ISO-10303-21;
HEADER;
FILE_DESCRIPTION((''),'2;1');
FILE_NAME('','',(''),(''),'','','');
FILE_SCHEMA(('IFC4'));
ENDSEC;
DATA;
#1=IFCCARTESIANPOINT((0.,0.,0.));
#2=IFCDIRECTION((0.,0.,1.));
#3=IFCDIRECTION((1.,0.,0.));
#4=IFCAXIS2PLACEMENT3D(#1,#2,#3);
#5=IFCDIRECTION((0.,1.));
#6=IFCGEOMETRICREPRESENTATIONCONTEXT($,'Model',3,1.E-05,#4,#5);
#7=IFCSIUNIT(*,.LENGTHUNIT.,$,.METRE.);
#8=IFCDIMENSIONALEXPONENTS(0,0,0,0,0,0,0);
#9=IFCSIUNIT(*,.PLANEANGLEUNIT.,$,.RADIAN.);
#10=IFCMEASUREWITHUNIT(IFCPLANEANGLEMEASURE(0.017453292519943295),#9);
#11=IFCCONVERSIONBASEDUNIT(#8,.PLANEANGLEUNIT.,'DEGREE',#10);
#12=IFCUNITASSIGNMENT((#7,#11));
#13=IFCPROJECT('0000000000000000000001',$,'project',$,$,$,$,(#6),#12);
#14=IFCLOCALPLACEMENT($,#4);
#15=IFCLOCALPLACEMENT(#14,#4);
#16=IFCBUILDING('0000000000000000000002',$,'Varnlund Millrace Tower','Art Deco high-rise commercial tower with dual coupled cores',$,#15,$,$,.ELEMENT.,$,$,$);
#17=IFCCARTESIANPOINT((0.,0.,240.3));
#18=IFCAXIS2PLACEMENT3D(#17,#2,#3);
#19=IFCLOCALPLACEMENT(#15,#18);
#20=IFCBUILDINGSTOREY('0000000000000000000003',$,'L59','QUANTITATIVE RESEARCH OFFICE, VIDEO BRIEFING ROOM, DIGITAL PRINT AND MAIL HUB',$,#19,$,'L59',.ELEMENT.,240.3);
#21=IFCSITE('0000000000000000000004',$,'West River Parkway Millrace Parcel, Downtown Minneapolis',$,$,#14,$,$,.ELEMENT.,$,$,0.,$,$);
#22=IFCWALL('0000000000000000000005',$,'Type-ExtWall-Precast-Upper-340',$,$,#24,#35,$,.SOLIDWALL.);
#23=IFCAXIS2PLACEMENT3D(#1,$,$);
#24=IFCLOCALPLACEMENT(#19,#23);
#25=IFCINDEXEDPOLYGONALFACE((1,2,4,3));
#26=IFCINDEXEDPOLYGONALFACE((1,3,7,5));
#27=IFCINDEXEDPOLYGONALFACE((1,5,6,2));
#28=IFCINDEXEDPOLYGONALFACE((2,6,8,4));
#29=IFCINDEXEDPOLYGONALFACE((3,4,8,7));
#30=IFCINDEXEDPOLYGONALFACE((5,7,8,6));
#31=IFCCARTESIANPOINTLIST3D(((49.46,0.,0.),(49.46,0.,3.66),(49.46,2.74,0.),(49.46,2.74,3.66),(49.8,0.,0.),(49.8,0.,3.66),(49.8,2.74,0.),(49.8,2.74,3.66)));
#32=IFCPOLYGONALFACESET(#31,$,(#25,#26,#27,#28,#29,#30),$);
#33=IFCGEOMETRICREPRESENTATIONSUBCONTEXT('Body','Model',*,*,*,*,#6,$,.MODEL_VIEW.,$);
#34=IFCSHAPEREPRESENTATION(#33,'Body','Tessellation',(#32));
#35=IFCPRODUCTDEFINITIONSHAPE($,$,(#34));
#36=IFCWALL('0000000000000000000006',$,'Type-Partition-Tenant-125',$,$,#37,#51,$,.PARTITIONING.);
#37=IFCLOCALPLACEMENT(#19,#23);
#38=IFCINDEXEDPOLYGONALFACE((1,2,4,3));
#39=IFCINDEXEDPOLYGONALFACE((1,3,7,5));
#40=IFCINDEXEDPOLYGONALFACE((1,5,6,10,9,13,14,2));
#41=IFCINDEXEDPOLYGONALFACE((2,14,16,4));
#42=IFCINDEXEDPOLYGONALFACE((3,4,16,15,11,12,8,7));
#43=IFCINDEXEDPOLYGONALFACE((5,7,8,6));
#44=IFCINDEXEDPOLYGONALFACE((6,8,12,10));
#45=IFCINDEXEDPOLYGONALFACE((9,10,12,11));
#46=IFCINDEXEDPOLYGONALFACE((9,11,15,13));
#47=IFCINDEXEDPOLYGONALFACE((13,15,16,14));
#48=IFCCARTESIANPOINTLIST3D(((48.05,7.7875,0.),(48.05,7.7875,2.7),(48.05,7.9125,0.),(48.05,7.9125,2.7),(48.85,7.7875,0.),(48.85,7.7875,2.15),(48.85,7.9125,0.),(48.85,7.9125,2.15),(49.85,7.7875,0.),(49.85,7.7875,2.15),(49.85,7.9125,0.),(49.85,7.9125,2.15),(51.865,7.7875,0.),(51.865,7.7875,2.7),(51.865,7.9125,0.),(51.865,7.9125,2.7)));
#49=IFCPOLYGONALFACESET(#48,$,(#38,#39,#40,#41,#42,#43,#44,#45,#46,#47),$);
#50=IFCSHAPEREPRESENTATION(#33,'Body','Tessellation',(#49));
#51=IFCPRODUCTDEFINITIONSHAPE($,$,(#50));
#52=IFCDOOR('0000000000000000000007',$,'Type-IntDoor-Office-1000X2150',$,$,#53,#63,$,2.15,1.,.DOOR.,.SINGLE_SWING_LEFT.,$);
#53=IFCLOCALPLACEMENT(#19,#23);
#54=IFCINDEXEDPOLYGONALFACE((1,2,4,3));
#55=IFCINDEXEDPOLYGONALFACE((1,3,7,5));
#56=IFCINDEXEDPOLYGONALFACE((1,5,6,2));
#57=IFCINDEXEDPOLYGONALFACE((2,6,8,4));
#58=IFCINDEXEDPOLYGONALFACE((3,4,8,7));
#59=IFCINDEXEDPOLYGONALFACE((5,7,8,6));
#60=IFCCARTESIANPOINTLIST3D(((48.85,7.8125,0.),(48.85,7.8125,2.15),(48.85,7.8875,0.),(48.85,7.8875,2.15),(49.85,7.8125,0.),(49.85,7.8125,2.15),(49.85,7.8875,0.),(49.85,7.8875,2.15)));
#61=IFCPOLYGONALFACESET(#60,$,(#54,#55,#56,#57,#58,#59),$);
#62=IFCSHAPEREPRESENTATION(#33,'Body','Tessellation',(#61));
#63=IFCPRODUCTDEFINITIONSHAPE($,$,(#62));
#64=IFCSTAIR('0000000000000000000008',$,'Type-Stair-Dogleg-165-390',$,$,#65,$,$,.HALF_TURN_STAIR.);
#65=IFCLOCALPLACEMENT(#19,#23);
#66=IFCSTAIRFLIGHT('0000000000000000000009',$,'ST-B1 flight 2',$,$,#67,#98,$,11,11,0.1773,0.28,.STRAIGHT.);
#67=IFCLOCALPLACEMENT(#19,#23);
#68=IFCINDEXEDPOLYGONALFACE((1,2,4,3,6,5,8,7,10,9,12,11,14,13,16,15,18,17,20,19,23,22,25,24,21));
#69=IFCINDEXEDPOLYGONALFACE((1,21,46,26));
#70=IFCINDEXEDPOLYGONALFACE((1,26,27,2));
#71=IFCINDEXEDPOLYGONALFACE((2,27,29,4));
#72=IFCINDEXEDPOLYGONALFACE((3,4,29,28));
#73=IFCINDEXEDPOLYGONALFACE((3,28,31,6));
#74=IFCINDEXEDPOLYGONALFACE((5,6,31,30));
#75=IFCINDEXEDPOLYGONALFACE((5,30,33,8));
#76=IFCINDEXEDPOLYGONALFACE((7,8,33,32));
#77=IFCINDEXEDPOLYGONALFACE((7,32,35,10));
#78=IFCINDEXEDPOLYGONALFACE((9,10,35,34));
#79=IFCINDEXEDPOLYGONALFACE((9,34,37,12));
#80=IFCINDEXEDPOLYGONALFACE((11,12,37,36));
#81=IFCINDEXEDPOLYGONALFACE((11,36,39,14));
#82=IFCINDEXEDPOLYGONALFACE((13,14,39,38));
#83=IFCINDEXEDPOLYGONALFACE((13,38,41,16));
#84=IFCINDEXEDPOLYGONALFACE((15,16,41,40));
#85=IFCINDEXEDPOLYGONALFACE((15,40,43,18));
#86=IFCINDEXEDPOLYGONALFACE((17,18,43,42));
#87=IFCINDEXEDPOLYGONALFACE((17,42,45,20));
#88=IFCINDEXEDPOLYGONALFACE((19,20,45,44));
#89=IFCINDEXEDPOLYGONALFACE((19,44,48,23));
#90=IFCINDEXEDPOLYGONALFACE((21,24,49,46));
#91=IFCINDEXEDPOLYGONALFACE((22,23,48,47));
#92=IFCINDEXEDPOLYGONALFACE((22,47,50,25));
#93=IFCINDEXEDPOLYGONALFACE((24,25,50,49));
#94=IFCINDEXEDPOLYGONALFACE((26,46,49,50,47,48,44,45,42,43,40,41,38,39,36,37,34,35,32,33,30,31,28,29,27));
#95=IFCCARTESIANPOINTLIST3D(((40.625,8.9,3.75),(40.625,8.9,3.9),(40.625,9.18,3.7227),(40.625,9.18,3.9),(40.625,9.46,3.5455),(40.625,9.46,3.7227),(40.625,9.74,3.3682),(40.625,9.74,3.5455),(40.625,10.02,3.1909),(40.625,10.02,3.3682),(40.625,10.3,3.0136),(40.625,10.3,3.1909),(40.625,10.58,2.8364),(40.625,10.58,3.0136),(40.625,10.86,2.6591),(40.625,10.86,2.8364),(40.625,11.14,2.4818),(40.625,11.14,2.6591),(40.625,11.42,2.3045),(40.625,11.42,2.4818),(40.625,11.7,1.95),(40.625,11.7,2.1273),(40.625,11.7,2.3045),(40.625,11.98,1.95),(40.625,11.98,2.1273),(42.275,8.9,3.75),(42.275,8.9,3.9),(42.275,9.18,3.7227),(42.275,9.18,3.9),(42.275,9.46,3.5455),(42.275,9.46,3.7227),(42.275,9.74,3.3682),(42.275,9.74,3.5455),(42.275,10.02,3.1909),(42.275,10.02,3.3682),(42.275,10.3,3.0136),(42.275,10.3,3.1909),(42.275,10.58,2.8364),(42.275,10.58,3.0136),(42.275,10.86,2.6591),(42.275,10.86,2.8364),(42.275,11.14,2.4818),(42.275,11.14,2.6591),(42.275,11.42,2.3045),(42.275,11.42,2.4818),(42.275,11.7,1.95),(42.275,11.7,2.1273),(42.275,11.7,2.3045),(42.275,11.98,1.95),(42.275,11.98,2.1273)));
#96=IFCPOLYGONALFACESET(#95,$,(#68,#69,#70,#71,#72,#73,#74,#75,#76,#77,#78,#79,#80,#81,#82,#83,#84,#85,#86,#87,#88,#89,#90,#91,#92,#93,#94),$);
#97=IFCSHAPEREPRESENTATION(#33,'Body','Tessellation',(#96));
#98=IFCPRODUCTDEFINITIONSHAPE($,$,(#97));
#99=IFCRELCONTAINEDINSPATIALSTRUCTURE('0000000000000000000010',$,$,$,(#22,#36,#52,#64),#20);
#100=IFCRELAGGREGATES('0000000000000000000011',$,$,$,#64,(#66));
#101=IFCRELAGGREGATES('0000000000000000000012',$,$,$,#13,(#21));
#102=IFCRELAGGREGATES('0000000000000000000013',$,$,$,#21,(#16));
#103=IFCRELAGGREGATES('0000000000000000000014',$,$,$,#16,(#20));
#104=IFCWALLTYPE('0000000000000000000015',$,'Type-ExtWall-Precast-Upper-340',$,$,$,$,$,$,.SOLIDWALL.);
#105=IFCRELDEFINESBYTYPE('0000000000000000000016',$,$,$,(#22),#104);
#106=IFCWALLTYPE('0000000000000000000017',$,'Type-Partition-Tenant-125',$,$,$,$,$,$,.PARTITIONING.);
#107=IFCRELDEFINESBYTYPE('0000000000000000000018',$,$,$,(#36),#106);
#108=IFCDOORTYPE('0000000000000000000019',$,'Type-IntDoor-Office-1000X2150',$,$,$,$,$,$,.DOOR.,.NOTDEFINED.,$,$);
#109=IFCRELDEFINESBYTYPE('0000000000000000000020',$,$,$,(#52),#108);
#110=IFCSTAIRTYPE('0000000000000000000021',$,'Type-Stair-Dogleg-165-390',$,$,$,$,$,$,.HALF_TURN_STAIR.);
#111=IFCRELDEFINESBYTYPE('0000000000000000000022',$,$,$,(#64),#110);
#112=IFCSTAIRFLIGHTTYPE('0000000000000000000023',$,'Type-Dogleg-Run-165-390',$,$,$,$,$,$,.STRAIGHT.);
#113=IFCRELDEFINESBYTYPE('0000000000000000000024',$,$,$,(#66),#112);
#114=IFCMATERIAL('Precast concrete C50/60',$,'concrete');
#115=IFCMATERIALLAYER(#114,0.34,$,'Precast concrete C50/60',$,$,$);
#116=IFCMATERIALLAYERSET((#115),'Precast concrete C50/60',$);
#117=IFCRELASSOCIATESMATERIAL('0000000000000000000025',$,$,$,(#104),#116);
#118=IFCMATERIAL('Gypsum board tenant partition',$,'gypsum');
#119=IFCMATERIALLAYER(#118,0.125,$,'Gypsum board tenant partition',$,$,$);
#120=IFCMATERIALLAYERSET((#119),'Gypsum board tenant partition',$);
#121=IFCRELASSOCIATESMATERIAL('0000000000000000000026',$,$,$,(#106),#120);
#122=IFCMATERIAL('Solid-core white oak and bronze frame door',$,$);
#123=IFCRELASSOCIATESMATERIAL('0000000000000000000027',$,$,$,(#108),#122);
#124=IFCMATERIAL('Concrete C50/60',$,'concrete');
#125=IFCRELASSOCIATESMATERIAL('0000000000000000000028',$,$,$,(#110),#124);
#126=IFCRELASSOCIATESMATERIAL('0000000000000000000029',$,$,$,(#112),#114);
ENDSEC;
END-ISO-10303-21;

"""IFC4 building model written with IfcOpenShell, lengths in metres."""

from ifc_helpers import new_model, entity, si_unit, converted_unit, direction, frame, origin_with_axes, origin_2d_with_axis, place, context, subcontext, project, spatial, polyline, rectangle, outline, extrude, material, layer, layer_set, type_object, element, fill, aggregate, save


model = new_model("IFC4")

# Units and contexts
model_context = context("Model", 3, precision=1e-05, world=origin_with_axes(), true_north=direction((0.0, 1.0)))
body_context = subcontext(model_context, "Body", "Model", "MODEL_VIEW")
ifc_project = project(units=[si_unit("LENGTHUNIT", "METRE"), converted_unit("PLANEANGLEUNIT", "DEGREE", entity("IfcPlaneAngleMeasure", 0.017453292519943295), si_unit("PLANEANGLEUNIT", "RADIAN"), dimensions=[0, 0, 0, 0, 0, 0, 0])], contexts=[model_context])

# Site, building, storey
site_placement = place(None, origin_with_axes())
site = spatial("IfcSite", under=ifc_project, at=site_placement, Name="West River Parkway Millrace Parcel, Downtown Minneapolis", CompositionType="ELEMENT", RefElevation=0.0)
building_placement = place(site_placement, origin_with_axes())
building = spatial("IfcBuilding", under=site, at=building_placement, Name="Varnlund Millrace Tower", Description="Art Deco high-rise commercial tower with dual coupled cores", CompositionType="ELEMENT")
storey_placement = place(building_placement, frame((0.0, 0.0, 240.3), z_axis=(0.0, 0.0, 1.0), x_axis=(1.0, 0.0, 0.0)))
storey = spatial("IfcBuildingStorey", under=building, at=storey_placement, Name="L59", Description="QUANTITATIVE RESEARCH OFFICE, VIDEO BRIEFING ROOM, DIGITAL PRINT AND MAIL HUB", LongName="L59", CompositionType="ELEMENT", Elevation=240.3)

# Wall
ifc_material_1 = material(Name="Precast concrete C50/60", Category="concrete")
ifc_layer_1 = layer(ifc_material_1, 0.34, Name="Precast concrete C50/60")
ifc_layer_set_1 = layer_set([ifc_layer_1], Name="Precast concrete C50/60")
wall_type_1 = type_object("IfcWallType", Name="Type-ExtWall-Precast-Upper-340", PredefinedType="SOLIDWALL", material=ifc_layer_set_1)
wall_1_placement = place(storey_placement, frame((49.63, 2.74, 0.0), z_axis=(0.0, 0.0, 1.0), x_axis=(0.0, -1.0, 0.0)))
element("IfcWall", 1, at=wall_1_placement, inside=storey, type_object=wall_type_1, Name="Type-ExtWall-Precast-Upper-340", PredefinedType="SOLIDWALL", context=body_context, shape_type="SweptSolid", body=[
    extrude(outline(polyline([(0.0, -0.17), (2.74, -0.17), (2.74, 0.17), (0.0, 0.17), (0.0, -0.17)])), origin_with_axes(), (0.0, 0.0, 1.0), 3.66),
])

# Wall, opening, door
ifc_material_2 = material(Name="Gypsum board tenant partition", Category="gypsum")
ifc_layer_2 = layer(ifc_material_2, 0.125, Name="Gypsum board tenant partition")
ifc_layer_set_2 = layer_set([ifc_layer_2], Name="Gypsum board tenant partition")
wall_type_2 = type_object("IfcWallType", Name="Type-Partition-Tenant-125", PredefinedType="PARTITIONING", material=ifc_layer_set_2)
wall_2_placement = place(storey_placement, frame((51.865, 7.85, 0.0), z_axis=(0.0, 0.0, 1.0), x_axis=(-1.0, 0.0, 0.0)))
wall_2 = element("IfcWall", 2, at=wall_2_placement, inside=storey, type_object=wall_type_2, Name="Type-Partition-Tenant-125", PredefinedType="PARTITIONING", context=body_context, shape_type="SweptSolid", body=[
    extrude(outline(polyline([(0.0, -0.0625), (3.815, -0.0625), (3.815, 0.0625), (0.0, 0.0625), (0.0, -0.0625)])), origin_with_axes(), (0.0, 0.0, 1.0), 2.7),
])
opening_1_placement = place(wall_2_placement, frame((2.515, 0.0, 0.0), z_axis=(0.0, 0.0, 1.0), x_axis=(1.0, 0.0, 0.0)))
opening_1 = element("IfcOpeningElement", 3, at=opening_1_placement, cuts=wall_2, PredefinedType="OPENING", context=body_context, shape_type="SweptSolid", body=[
    extrude(rectangle(XDim=1.0, YDim=0.145, at=origin_2d_with_axis()), origin_with_axes(), (0.0, 0.0, 1.0), 2.15),
])
ifc_material_3 = material(Name="Solid-core white oak and bronze frame door")
door_type = type_object("IfcDoorType", Name="Type-IntDoor-Office-1000X2150", OperationType="NOTDEFINED", PredefinedType="DOOR", material=ifc_material_3)
door_placement = place(wall_2_placement, frame((2.515, 0.0, 0.0), z_axis=(0.0, 0.0, 1.0), x_axis=(1.0, 0.0, 0.0)))
door = element("IfcDoor", 4, at=door_placement, inside=storey, type_object=door_type, Name="Type-IntDoor-Office-1000X2150", OperationType="SINGLE_SWING_LEFT", OverallHeight=2.15, OverallWidth=1.0, PredefinedType="DOOR", context=body_context, shape_type="SweptSolid", body=[
    extrude(rectangle(XDim=1.0, YDim=0.075, at=origin_2d_with_axis()), origin_with_axes(), (0.0, 0.0, 1.0), 2.15),
])
fill(opening_1, door)

# Stair, stair flight
ifc_material_4 = material(Name="Concrete C50/60", Category="concrete")
stair_type = type_object("IfcStairType", Name="Type-Stair-Dogleg-165-390", PredefinedType="HALF_TURN_STAIR", material=ifc_material_4)
stair_placement = place(storey_placement, origin_with_axes())
stair = element("IfcStair", 5, at=stair_placement, inside=storey, type_object=stair_type, Name="Type-Stair-Dogleg-165-390", PredefinedType="HALF_TURN_STAIR")
stair_flight_type = type_object("IfcStairFlightType", Name="Type-Dogleg-Run-165-390", PredefinedType="STRAIGHT", material=ifc_material_1)
stair_flight_placement = place(storey_placement, frame((42.275, 11.98, 1.95), z_axis=(-1.0, 0.0, 0.0), x_axis=(0.0, -1.0, 0.0)))
stair_flight = element("IfcStairFlight", 6, at=stair_flight_placement, type_object=stair_flight_type, Name="ST-B1 flight 2", NumberOfRisers=11, NumberOfTreads=11, PredefinedType="STRAIGHT", RiserHeight=0.1773, TreadLength=0.28, context=body_context, shape_type="SweptSolid", body=[
    extrude(outline(polyline([(0.0, 0.0), (0.0, 0.1773), (0.28, 0.1773), (0.28, 0.3545), (0.56, 0.3545), (0.56, 0.5318), (0.84, 0.5318), (0.84, 0.7091), (1.12, 0.7091), (1.12, 0.8864), (1.4, 0.8864), (1.4, 1.0636), (1.68, 1.0636), (1.68, 1.2409), (1.96, 1.2409), (1.96, 1.4182), (2.24, 1.4182), (2.24, 1.5955), (2.52, 1.5955), (2.52, 1.7727), (2.8, 1.7727), (2.8, 1.95), (3.08, 1.95), (3.08, 1.8), (0.28, 0.0), (0.0, 0.0)])), origin_with_axes(), (0.0, 0.0, 1.0), 1.65),
])
aggregate(stair, [stair_flight])

save(model, "model.ifc")
